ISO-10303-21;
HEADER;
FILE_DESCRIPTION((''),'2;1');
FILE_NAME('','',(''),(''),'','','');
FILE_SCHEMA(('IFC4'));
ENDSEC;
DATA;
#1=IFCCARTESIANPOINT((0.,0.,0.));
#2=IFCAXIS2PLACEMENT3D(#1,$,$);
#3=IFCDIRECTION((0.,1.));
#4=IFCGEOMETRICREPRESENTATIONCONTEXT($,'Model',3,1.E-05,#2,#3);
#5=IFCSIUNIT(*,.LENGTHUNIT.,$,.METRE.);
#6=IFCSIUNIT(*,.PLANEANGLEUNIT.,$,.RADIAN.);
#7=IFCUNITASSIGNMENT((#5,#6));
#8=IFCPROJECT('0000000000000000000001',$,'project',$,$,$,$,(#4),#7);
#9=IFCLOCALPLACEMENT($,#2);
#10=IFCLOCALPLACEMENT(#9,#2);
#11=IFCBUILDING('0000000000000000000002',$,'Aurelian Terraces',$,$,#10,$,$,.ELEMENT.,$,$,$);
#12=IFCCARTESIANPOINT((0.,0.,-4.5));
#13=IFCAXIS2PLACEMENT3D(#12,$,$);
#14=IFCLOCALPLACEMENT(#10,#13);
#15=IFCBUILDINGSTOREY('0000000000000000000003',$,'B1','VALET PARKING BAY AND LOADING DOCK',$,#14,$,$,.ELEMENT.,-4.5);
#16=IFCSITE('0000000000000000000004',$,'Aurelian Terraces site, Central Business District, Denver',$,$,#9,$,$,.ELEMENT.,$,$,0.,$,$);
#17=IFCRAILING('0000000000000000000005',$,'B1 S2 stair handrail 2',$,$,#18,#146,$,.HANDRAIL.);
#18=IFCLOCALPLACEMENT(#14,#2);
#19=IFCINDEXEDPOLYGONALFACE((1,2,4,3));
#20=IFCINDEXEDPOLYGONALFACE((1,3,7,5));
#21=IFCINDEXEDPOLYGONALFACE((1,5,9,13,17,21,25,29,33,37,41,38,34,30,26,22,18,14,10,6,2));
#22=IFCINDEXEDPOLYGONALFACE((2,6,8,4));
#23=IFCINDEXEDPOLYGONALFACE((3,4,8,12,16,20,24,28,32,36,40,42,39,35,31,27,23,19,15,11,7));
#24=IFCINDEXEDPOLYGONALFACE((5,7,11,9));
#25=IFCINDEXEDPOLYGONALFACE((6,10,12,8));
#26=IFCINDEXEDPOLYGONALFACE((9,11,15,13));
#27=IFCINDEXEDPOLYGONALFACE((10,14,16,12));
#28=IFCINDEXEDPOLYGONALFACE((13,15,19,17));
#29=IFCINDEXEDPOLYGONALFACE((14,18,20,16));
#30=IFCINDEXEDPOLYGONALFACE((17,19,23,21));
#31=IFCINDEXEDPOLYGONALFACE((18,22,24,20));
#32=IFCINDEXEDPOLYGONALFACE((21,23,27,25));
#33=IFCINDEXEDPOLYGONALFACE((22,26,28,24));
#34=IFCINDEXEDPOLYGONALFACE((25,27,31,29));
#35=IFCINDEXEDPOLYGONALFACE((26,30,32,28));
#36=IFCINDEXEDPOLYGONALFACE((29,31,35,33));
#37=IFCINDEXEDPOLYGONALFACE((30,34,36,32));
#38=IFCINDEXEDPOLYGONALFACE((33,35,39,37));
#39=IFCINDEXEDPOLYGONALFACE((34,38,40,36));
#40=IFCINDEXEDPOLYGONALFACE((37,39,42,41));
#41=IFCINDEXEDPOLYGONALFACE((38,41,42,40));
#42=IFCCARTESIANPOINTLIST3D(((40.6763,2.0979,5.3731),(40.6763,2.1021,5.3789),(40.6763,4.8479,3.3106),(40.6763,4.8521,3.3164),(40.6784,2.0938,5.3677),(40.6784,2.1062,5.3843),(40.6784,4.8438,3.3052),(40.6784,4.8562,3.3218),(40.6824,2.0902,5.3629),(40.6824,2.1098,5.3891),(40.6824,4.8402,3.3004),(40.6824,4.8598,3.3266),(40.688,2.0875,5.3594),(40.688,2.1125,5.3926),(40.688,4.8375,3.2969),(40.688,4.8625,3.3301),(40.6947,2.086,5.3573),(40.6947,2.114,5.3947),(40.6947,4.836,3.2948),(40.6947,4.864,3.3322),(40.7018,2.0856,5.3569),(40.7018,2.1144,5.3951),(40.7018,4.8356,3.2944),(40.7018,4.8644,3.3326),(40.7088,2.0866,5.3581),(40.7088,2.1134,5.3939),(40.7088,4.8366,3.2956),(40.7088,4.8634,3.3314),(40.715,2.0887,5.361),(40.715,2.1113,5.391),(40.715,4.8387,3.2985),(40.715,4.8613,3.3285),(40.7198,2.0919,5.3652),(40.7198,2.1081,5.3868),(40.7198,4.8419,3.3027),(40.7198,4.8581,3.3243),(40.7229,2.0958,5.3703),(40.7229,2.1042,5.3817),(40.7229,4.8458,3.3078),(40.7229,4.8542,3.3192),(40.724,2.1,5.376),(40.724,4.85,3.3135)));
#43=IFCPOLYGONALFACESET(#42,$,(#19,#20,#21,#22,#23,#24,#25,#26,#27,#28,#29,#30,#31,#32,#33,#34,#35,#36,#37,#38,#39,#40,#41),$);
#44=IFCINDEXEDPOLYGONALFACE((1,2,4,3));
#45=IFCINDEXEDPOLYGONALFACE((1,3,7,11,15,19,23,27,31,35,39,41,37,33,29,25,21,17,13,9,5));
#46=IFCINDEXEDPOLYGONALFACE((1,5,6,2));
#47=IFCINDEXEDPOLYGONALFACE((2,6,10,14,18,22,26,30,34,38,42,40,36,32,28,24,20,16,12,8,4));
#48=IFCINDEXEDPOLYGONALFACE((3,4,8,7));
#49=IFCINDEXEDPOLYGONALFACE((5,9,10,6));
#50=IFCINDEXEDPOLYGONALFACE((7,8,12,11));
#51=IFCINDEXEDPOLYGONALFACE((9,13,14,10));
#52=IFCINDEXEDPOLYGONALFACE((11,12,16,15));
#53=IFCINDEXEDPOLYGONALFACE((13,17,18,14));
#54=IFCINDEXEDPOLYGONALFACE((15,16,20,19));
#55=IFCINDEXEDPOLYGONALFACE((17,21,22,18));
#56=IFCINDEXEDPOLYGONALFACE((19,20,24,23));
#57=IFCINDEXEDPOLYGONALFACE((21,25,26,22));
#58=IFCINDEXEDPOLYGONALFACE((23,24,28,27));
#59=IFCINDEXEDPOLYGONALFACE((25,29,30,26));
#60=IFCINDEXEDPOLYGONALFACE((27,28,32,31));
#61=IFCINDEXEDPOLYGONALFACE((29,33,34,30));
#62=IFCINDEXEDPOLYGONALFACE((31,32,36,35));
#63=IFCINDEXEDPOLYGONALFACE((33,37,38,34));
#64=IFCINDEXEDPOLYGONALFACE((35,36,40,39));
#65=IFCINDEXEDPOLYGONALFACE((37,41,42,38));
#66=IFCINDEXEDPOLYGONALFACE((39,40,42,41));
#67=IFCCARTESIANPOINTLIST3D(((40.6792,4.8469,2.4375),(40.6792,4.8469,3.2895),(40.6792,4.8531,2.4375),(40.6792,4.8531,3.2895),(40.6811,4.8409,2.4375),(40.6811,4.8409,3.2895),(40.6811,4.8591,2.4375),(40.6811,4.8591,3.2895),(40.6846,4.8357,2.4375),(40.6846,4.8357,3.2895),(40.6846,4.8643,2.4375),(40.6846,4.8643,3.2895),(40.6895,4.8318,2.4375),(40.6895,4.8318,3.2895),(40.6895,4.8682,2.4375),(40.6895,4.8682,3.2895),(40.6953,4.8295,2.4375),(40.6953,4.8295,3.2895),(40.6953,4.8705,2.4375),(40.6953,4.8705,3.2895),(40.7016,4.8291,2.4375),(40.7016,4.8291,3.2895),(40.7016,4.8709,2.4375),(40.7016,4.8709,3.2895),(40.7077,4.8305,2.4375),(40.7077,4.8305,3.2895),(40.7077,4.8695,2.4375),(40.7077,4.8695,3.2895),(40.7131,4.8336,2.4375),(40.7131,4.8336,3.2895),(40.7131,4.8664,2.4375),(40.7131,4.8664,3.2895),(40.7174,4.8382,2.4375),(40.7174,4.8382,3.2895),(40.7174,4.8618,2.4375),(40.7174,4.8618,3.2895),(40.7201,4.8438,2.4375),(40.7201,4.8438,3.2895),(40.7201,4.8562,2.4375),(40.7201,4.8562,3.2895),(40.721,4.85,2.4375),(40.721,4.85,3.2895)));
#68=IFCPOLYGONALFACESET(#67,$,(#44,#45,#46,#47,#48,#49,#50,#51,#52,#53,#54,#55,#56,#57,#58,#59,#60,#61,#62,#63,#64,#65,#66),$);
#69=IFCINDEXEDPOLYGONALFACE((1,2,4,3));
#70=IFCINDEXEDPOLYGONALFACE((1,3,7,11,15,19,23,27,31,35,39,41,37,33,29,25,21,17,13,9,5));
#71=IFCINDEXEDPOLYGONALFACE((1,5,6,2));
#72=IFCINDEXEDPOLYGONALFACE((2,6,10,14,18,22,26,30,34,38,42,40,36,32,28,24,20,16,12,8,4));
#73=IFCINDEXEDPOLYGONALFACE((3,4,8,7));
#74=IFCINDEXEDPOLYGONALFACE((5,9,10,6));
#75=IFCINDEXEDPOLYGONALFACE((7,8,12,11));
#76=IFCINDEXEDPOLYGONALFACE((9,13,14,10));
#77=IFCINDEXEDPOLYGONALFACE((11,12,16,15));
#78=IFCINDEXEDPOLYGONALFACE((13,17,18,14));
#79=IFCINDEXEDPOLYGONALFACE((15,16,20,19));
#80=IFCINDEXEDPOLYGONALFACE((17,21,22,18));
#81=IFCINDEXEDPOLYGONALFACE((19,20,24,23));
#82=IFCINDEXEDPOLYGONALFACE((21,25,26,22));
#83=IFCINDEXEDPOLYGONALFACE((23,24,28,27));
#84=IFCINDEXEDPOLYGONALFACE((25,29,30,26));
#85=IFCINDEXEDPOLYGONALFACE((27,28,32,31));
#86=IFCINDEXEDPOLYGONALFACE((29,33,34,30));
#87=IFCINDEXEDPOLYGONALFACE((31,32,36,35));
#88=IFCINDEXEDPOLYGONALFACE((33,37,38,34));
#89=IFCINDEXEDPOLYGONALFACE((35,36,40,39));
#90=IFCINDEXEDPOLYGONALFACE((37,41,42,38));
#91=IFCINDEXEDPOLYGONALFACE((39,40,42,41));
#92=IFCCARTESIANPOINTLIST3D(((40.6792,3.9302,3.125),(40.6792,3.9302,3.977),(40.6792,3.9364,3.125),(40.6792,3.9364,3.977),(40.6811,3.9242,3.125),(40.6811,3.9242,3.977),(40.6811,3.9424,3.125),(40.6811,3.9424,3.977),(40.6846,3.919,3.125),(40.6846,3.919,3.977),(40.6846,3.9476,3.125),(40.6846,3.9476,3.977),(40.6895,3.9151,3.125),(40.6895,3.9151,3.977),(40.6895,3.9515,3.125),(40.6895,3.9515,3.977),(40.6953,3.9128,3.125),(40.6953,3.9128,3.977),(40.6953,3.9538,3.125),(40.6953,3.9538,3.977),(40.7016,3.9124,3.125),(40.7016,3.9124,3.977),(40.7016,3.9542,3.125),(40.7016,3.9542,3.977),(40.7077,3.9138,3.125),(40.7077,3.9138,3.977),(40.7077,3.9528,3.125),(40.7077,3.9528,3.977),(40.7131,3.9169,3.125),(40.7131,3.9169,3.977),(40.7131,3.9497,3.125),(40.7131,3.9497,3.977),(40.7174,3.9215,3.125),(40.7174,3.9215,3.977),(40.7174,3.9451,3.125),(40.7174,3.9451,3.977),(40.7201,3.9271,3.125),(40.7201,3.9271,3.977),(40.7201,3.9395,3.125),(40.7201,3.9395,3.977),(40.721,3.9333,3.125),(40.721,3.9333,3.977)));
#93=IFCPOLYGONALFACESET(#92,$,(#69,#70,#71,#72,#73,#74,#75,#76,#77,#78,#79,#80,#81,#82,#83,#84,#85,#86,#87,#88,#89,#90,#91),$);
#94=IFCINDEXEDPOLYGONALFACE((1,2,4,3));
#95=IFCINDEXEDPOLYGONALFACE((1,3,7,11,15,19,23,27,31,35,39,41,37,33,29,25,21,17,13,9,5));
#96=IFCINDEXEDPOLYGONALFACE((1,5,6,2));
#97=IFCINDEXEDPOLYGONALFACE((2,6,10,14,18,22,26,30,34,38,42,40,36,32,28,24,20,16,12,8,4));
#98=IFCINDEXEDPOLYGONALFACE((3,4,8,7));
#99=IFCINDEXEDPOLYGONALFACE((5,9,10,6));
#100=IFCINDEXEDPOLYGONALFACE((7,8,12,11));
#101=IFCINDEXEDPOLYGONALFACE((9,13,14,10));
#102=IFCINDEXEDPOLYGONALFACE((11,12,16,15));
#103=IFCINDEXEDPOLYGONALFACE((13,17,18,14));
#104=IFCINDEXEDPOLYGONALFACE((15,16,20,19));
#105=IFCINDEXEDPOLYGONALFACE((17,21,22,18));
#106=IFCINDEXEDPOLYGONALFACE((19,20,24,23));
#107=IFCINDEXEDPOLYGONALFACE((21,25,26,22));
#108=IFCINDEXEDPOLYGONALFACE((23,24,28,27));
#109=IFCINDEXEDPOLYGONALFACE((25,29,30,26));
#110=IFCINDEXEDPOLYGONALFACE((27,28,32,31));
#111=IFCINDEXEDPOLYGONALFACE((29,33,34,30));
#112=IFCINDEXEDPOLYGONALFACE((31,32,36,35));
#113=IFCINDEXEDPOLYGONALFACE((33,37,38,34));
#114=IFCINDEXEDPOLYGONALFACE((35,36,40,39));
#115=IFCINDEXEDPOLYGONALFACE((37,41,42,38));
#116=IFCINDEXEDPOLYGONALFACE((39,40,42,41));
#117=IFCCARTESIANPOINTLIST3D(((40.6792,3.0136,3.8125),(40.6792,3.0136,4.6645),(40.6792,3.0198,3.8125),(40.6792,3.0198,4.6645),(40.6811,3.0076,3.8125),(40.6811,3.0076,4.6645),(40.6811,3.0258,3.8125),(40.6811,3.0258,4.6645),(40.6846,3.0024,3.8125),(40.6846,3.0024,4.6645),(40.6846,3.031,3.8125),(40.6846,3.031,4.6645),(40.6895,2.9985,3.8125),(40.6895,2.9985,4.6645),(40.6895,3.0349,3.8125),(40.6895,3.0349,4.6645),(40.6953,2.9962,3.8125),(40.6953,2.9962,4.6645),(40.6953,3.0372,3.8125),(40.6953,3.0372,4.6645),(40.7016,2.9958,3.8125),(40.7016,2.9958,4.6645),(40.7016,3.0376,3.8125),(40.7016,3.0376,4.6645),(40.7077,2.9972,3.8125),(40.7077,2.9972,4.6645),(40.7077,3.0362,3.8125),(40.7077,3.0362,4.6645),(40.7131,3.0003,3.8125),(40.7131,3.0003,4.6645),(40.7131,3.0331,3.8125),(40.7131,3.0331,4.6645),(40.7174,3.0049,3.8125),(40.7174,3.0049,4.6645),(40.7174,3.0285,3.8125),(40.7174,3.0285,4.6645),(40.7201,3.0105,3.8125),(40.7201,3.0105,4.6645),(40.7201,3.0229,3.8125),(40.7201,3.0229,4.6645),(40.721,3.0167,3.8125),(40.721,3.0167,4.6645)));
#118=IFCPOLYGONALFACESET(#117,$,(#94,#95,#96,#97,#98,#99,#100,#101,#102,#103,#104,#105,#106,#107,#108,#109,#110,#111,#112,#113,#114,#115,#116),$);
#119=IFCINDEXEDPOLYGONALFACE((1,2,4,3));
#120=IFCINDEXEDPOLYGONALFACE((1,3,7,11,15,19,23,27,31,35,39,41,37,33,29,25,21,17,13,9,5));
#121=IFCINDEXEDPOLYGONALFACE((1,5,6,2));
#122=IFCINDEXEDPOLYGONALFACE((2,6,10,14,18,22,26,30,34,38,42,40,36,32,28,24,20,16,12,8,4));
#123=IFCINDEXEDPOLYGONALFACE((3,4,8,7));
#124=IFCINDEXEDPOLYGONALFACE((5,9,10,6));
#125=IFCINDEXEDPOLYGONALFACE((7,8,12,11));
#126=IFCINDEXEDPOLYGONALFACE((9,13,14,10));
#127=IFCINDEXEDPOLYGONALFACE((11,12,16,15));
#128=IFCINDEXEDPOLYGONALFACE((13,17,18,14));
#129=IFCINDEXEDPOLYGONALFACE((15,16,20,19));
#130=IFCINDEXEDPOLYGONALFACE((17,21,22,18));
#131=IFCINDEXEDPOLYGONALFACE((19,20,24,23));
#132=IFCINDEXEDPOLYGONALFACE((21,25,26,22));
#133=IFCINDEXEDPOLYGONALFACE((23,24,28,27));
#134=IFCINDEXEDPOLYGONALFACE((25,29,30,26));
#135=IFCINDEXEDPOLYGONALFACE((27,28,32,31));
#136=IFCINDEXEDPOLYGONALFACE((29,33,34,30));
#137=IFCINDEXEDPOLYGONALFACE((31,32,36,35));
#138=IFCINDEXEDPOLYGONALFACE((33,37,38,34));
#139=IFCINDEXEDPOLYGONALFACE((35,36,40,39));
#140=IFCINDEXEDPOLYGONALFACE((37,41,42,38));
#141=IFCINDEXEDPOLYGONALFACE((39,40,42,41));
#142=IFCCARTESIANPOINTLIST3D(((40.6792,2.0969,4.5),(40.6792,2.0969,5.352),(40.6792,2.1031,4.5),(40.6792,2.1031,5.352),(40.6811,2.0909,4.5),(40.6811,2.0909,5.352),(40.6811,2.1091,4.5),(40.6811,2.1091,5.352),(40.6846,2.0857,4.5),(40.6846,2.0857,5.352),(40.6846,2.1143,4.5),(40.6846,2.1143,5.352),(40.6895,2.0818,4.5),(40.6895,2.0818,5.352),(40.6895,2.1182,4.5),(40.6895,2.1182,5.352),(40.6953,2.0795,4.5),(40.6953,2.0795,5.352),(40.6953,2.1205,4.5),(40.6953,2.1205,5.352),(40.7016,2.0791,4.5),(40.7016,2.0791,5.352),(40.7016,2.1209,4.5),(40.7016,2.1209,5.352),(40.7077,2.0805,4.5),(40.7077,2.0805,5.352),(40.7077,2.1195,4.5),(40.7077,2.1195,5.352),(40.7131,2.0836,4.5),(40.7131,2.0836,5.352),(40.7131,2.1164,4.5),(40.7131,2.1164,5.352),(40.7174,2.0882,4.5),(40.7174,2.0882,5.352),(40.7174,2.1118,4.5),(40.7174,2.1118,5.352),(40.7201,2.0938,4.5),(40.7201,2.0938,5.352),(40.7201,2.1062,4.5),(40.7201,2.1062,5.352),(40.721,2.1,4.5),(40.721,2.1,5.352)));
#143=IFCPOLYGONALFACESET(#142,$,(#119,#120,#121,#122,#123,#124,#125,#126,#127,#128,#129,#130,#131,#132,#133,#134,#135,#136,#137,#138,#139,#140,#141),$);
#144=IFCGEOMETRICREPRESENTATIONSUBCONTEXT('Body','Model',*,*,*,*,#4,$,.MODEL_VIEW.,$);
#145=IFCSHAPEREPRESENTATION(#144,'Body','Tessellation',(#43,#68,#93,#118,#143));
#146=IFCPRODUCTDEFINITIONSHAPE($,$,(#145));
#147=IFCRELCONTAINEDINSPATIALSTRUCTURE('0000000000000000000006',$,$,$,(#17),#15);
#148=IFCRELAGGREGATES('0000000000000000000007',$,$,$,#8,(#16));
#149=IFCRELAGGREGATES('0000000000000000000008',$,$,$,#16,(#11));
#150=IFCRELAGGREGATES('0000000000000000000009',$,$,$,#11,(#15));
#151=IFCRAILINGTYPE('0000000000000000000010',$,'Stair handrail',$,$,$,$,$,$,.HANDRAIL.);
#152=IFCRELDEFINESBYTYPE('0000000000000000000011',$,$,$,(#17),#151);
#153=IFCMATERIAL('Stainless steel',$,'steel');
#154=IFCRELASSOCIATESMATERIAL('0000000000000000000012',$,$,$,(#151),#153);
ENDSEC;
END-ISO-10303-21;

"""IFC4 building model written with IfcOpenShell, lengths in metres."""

from ifc_helpers import new_model, si_unit, direction, frame, origin, origin_2d, place, context, subcontext, project, spatial, circle, extrude, source, transform, mapped, material, type_object, element, save


model = new_model("IFC4")

# Units and contexts
model_context = context("Model", 3, precision=1e-05, world=origin(), true_north=direction((0.0, 1.0)))
body_context = subcontext(model_context, "Body", "Model", "MODEL_VIEW")
ifc_project = project(units=[si_unit("LENGTHUNIT", "METRE"), si_unit("PLANEANGLEUNIT", "RADIAN")], contexts=[model_context])

# Site, building, storey
site_placement = place(None, origin())
site = spatial("IfcSite", under=ifc_project, at=site_placement, Name="Aurelian Terraces site, Central Business District, Denver", CompositionType="ELEMENT", RefElevation=0.0)
building_placement = place(site_placement, origin())
building = spatial("IfcBuilding", under=site, at=building_placement, Name="Aurelian Terraces", CompositionType="ELEMENT")
storey_placement = place(building_placement, frame((0.0, 0.0, -4.5)))
storey = spatial("IfcBuildingStorey", under=building, at=storey_placement, Name="B1", Description="VALET PARKING BAY AND LOADING DOCK", CompositionType="ELEMENT", Elevation=-4.5)

# Railing
ifc_material_1 = material(Name="Stainless steel", Category="steel")
railing_type_1 = type_object("IfcRailingType", Name="Stair handrail", PredefinedType="HANDRAIL", material=ifc_material_1)
shared_shape_1 = source(origin(), body_context, "Body", "SweptSolid", [
    extrude(circle(Radius=0.024, at=origin_2d()), frame((0.0, 0.0, 0.876), z_axis=(0.0, -0.8, 0.6), x_axis=(1.0, 0.0, 0.0)), (0.0, 0.0, 1.0), 3.4375),
    extrude(circle(Radius=0.021, at=origin_2d()), origin(), (0.0, 0.0, 1.0), 0.852),
    extrude(circle(Radius=0.021, at=origin_2d()), frame((0.0, -0.9167, 0.6875)), (0.0, 0.0, 1.0), 0.852),
    extrude(circle(Radius=0.021, at=origin_2d()), frame((0.0, -1.8333, 1.375)), (0.0, 0.0, 1.0), 0.852),
    extrude(circle(Radius=0.021, at=origin_2d()), frame((0.0, -2.75, 2.0625)), (0.0, 0.0, 1.0), 0.852),
])
railing_1_placement = place(storey_placement, frame((40.7, 4.85, 2.4375)))
element("IfcRailing", 1, at=railing_1_placement, inside=storey, type_object=railing_type_1, Name="B1 S2 stair handrail 2", PredefinedType="HANDRAIL", context=body_context, shape_type="MappedRepresentation", body=[
    mapped(shared_shape_1, transform((0.0, 0.0, 0.0), scale=1.0)),
])

save(model, "model.ifc")
